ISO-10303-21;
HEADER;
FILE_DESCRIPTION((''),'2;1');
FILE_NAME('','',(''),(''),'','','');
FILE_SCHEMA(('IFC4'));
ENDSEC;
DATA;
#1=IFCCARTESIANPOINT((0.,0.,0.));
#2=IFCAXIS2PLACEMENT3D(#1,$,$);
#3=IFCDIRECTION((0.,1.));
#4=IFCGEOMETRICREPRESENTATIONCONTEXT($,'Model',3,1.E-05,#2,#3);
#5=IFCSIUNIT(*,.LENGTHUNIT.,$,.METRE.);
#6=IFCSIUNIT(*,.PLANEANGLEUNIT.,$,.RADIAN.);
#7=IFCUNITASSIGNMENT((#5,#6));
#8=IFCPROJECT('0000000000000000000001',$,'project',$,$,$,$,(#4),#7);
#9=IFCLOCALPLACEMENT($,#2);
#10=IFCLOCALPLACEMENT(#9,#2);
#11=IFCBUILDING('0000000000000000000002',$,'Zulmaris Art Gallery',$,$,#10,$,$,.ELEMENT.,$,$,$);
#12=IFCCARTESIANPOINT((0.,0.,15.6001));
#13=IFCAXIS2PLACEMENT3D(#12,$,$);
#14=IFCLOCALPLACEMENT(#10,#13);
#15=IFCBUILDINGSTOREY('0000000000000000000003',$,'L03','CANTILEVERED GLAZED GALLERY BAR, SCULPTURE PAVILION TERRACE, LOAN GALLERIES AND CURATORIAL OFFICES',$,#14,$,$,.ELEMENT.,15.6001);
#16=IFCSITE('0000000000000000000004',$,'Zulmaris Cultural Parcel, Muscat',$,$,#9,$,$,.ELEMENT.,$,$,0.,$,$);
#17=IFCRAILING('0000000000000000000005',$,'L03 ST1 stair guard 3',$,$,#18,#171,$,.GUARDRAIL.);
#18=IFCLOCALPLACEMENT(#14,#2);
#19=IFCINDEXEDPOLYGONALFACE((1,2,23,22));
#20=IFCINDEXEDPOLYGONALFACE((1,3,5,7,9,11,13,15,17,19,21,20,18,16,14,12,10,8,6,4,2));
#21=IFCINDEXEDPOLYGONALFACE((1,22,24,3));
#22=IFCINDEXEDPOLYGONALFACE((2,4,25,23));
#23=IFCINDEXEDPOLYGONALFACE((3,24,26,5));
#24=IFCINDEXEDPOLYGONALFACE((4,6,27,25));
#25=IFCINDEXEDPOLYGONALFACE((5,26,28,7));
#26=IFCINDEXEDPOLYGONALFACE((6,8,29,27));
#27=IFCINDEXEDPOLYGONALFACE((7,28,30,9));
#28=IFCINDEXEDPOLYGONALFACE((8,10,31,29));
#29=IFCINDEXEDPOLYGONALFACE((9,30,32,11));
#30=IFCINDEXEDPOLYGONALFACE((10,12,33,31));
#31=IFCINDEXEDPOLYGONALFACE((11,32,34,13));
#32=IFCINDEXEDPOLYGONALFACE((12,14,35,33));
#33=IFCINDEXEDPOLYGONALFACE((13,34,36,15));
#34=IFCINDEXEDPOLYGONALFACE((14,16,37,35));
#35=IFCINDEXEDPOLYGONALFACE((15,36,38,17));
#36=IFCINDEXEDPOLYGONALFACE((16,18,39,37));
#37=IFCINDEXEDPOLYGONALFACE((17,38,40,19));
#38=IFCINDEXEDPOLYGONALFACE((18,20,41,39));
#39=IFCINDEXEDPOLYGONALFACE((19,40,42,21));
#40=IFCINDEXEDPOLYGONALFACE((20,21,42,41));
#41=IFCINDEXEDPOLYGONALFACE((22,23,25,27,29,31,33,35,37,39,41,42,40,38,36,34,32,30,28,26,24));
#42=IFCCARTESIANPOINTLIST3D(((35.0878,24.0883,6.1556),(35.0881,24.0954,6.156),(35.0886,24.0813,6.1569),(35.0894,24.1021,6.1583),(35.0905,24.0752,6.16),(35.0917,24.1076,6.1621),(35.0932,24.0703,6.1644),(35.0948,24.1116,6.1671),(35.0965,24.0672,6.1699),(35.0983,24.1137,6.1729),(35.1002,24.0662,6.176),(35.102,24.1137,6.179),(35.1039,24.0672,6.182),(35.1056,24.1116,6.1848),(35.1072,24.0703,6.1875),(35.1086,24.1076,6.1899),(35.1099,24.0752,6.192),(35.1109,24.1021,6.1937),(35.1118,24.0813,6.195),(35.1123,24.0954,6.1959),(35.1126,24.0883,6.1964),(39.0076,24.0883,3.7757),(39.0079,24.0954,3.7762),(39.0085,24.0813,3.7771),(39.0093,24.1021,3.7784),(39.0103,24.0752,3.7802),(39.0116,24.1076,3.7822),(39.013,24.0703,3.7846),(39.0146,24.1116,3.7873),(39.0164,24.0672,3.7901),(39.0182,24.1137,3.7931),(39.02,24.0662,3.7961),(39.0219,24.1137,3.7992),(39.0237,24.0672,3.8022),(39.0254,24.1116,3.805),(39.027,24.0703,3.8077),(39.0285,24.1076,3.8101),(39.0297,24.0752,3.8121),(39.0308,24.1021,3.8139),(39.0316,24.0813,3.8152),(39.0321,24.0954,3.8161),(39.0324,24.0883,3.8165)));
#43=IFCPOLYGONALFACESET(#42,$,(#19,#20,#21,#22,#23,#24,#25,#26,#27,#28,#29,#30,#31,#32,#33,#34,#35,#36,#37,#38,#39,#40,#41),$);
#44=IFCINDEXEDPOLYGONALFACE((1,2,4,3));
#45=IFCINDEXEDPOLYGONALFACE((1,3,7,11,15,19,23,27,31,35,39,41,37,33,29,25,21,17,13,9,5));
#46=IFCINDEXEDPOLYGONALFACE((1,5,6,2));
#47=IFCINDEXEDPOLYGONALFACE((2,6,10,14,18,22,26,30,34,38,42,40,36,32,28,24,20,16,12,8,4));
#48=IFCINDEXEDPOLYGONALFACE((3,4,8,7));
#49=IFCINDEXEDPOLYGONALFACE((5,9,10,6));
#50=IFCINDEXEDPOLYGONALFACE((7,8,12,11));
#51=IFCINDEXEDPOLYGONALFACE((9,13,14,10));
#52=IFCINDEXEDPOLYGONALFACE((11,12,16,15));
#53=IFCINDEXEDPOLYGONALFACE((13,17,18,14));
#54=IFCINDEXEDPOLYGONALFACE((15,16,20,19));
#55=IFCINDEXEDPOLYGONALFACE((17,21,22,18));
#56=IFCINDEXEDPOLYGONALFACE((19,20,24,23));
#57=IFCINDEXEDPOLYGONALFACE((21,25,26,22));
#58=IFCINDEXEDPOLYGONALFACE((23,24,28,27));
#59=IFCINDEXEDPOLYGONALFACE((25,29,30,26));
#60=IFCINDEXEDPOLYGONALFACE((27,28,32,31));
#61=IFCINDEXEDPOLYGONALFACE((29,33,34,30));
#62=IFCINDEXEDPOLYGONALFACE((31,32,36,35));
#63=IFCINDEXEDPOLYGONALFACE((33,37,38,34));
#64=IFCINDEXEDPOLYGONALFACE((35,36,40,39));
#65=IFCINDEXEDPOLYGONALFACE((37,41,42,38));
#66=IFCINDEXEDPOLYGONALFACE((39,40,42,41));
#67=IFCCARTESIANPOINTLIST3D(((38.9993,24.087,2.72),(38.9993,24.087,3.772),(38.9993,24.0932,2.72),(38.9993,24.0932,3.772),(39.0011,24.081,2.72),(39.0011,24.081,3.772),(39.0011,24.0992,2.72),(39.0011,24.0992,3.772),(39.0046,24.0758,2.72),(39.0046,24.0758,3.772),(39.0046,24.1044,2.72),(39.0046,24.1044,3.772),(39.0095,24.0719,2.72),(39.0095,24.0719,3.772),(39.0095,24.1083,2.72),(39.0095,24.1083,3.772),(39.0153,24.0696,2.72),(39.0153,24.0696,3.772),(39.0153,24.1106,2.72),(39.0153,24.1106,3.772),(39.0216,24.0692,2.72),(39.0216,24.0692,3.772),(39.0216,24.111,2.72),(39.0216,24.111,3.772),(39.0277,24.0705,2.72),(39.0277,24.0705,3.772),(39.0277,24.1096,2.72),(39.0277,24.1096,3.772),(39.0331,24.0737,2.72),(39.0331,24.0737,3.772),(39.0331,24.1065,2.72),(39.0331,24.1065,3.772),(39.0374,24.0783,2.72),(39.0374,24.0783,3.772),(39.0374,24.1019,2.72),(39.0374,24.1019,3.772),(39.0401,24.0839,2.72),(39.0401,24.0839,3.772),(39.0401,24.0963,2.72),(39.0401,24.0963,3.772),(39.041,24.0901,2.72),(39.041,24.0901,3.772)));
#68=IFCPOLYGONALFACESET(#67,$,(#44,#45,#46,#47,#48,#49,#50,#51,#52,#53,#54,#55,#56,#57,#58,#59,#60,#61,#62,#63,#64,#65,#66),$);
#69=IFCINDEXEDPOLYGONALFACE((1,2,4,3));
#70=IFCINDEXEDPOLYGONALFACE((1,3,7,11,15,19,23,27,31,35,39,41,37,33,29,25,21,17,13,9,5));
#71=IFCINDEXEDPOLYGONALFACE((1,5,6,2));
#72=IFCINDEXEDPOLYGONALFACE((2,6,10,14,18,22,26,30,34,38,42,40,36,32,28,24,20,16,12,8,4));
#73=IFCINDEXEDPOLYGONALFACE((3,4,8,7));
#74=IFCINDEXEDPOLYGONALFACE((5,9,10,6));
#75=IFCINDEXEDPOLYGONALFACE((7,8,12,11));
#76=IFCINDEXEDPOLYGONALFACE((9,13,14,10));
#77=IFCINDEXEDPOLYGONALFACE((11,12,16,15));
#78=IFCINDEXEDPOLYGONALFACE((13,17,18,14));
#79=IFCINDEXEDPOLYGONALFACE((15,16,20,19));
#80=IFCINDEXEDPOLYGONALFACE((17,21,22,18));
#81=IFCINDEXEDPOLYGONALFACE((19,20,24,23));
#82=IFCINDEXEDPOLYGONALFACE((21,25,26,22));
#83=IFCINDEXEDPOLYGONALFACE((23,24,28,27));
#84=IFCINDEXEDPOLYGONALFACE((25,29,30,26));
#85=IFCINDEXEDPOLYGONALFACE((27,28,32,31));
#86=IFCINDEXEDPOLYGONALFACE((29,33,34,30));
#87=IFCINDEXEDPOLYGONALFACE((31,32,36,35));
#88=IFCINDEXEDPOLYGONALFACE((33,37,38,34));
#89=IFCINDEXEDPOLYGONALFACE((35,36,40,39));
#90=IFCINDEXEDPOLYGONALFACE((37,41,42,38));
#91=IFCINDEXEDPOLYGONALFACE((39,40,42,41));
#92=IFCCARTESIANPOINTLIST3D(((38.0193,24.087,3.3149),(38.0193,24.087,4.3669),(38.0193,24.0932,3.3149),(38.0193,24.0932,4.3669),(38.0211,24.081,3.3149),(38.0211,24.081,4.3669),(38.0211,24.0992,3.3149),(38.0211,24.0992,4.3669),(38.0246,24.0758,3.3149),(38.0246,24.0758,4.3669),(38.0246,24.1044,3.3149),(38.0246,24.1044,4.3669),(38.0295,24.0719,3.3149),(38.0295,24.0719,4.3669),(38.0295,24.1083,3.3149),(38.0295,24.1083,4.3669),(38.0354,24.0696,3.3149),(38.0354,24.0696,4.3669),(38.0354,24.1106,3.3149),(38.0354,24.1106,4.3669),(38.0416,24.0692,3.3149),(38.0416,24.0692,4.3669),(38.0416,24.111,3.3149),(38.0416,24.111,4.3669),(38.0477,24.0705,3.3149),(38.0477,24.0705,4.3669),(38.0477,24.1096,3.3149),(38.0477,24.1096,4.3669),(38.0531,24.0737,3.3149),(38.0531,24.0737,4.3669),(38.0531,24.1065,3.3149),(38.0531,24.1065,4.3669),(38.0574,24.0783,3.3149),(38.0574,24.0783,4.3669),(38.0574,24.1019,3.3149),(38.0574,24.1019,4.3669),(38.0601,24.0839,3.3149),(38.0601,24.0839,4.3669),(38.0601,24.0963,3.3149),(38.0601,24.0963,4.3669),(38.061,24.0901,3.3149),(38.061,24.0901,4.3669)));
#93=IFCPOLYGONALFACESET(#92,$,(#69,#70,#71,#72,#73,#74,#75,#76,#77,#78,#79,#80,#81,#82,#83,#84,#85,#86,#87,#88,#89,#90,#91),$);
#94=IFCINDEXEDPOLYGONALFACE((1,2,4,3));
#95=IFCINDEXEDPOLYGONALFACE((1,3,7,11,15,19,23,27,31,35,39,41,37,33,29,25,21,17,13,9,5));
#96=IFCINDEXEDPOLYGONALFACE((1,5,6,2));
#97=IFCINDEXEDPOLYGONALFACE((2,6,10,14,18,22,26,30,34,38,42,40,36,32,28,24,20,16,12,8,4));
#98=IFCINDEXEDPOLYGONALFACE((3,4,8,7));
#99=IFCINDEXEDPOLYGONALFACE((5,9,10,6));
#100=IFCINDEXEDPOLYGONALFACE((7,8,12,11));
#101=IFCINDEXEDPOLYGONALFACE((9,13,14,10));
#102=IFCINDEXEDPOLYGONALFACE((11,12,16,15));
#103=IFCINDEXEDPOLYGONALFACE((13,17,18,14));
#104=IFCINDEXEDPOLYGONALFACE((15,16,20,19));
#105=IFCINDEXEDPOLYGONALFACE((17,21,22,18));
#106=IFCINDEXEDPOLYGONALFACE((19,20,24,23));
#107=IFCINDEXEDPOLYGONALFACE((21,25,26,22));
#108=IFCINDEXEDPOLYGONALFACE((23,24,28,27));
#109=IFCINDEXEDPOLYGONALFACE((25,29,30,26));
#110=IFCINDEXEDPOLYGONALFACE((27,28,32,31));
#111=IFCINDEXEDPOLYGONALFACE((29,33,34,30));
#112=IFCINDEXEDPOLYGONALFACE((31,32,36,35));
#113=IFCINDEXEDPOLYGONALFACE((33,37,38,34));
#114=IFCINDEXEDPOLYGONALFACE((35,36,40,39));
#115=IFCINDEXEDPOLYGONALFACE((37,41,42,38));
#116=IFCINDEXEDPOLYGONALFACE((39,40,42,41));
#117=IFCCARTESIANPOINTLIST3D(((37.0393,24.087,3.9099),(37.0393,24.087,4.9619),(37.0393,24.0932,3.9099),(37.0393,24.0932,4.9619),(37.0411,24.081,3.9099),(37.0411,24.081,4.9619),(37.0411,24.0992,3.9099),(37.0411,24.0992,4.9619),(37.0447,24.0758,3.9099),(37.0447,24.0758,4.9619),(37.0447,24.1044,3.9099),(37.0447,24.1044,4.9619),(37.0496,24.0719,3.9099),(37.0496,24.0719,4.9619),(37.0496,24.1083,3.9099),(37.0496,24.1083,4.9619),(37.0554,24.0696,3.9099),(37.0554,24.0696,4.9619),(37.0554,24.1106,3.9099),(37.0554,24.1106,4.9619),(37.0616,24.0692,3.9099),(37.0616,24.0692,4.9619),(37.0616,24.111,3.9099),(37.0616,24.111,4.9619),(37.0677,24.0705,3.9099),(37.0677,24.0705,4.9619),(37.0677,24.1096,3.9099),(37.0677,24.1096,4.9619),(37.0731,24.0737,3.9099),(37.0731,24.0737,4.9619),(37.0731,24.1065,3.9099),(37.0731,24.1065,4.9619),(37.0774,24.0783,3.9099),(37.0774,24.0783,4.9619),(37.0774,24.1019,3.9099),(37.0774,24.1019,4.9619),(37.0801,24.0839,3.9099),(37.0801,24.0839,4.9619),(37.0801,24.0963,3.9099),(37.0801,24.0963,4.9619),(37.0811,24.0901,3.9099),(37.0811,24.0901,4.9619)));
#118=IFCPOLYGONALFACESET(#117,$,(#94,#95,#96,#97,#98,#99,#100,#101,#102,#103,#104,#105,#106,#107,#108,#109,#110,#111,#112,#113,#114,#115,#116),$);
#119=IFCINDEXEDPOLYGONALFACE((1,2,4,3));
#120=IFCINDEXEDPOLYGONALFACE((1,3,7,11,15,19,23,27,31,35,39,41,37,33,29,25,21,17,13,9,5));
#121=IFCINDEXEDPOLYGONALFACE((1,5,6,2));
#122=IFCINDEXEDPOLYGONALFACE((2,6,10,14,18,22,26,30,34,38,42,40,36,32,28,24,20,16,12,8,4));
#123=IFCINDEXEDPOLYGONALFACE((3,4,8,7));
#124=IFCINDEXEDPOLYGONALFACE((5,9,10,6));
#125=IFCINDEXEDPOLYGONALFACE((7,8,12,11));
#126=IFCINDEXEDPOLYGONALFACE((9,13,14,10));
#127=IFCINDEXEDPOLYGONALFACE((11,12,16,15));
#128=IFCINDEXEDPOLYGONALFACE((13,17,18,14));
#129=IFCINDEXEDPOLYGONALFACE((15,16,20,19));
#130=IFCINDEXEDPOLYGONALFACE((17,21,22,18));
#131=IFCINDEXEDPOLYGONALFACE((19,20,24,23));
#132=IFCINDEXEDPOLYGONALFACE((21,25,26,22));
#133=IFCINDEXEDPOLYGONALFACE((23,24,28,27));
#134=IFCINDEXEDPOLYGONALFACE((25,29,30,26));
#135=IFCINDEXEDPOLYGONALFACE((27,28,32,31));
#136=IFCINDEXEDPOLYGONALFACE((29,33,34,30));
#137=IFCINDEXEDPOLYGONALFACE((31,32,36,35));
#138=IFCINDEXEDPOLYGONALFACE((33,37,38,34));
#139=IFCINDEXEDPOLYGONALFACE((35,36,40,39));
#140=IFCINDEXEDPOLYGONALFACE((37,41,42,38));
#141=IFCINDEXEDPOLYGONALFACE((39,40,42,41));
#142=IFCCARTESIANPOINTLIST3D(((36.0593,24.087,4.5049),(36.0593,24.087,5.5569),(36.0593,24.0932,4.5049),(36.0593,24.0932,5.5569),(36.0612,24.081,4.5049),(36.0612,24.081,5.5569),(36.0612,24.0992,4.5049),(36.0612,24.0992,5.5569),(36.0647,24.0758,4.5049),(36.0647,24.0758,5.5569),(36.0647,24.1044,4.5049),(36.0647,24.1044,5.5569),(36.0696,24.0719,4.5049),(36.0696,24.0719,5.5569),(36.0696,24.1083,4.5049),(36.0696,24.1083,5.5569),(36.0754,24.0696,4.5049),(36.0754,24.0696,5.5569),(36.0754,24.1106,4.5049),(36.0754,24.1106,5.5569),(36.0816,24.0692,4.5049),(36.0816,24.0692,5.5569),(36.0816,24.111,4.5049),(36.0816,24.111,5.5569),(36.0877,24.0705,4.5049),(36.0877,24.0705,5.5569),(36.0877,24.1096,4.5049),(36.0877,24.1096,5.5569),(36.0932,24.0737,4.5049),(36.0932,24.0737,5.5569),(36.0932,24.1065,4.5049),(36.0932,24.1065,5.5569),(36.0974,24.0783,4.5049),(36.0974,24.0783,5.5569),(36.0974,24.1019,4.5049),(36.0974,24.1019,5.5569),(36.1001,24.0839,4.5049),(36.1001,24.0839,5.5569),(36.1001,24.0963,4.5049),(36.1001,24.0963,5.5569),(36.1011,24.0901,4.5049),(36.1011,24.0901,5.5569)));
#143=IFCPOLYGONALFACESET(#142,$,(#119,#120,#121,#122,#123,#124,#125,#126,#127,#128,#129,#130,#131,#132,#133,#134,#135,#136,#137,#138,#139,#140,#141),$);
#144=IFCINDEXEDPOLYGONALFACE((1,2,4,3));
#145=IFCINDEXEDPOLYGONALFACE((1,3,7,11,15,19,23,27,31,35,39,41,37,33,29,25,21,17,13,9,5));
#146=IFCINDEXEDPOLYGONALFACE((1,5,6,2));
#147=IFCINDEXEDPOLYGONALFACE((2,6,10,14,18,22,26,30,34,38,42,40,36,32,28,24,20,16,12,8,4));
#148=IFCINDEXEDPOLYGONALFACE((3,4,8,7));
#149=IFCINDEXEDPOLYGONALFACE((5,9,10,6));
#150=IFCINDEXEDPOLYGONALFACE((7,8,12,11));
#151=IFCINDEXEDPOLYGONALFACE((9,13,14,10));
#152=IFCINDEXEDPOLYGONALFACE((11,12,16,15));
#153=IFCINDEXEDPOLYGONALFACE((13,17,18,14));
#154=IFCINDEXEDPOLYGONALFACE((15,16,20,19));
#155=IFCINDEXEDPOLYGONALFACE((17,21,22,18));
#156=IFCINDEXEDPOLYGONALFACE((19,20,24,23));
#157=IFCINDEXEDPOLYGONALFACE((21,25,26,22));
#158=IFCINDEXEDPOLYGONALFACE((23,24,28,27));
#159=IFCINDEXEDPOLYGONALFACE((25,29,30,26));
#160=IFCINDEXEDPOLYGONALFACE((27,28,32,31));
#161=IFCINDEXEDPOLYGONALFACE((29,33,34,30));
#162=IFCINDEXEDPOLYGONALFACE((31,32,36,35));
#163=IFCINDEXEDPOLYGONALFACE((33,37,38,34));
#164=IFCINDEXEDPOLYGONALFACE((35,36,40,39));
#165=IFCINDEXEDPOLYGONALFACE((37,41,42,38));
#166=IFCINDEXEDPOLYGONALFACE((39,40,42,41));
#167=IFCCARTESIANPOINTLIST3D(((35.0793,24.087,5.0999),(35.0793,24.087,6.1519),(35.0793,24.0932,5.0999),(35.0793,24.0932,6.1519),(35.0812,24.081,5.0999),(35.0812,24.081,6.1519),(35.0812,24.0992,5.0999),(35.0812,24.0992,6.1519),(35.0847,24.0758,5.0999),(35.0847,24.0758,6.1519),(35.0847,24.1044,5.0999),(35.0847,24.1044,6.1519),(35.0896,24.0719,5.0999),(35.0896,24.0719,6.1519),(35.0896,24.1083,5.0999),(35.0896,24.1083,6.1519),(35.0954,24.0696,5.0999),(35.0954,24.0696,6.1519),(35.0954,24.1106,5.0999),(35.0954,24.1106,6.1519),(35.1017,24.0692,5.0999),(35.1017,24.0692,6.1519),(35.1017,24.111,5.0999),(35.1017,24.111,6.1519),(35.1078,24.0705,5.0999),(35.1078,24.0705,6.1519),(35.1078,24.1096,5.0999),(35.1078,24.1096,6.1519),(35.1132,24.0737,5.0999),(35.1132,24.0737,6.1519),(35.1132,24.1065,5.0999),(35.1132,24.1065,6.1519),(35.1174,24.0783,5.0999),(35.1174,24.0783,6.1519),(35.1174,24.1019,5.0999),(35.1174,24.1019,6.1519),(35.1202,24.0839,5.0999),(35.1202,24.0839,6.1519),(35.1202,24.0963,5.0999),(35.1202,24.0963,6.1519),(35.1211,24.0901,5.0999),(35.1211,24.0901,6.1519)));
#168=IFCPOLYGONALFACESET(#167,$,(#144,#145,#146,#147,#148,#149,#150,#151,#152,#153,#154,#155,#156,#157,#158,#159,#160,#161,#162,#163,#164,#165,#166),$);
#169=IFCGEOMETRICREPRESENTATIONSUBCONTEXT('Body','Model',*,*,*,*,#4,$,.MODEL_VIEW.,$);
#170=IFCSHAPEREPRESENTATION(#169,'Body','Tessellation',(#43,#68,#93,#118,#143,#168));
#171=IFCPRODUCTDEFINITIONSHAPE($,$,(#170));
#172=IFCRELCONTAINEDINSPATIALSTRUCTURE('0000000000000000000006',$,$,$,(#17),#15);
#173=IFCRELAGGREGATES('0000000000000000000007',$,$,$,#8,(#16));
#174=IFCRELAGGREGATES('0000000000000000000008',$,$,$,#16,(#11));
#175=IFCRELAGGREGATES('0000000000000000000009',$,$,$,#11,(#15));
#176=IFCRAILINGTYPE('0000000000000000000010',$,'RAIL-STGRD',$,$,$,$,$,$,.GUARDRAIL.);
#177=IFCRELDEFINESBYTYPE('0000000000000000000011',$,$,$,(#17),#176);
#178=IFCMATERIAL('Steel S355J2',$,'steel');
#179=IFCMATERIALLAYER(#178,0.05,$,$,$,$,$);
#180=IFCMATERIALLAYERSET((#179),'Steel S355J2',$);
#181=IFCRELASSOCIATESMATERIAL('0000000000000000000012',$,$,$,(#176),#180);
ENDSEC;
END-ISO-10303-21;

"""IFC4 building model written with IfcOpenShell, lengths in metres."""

from ifc_helpers import new_model, si_unit, direction, frame, origin, origin_2d, place, context, subcontext, project, spatial, circle, extrude, material, layer, layer_set, type_object, element, save


model = new_model("IFC4")

# Units and contexts
model_context = context("Model", 3, precision=1e-05, world=origin(), true_north=direction((0.0, 1.0)))
body_context = subcontext(model_context, "Body", "Model", "MODEL_VIEW")
ifc_project = project(units=[si_unit("LENGTHUNIT", "METRE"), si_unit("PLANEANGLEUNIT", "RADIAN")], contexts=[model_context])

# Site, building, storey
site_placement = place(None, origin())
site = spatial("IfcSite", under=ifc_project, at=site_placement, Name="Zulmaris Cultural Parcel, Muscat", CompositionType="ELEMENT", RefElevation=0.0)
building_placement = place(site_placement, origin())
building = spatial("IfcBuilding", under=site, at=building_placement, Name="Zulmaris Art Gallery", CompositionType="ELEMENT")
storey_placement = place(building_placement, frame((0.0, 0.0, 15.6001)))
storey = spatial("IfcBuildingStorey", under=building, at=storey_placement, Name="L03", Description="CANTILEVERED GLAZED GALLERY BAR, SCULPTURE PAVILION TERRACE, LOAN GALLERIES AND CURATORIAL OFFICES", CompositionType="ELEMENT", Elevation=15.6001)

# Shared definitions
ifc_material_1 = material(Name="Steel S355J2", Category="steel")

# Railing
ifc_layer_1 = layer(ifc_material_1, 0.05)
ifc_layer_set_1 = layer_set([ifc_layer_1], Name="Steel S355J2")
railing_type_1 = type_object("IfcRailingType", Name="RAIL-STGRD", PredefinedType="GUARDRAIL", material=ifc_layer_set_1)
railing_1_placement = place(storey_placement, frame((39.02, 24.0901, 2.72)))
element("IfcRailing", 1, at=railing_1_placement, inside=storey, type_object=railing_type_1, Name="L03 ST1 stair guard 3", PredefinedType="GUARDRAIL", context=body_context, shape_type="SweptSolid", body=[
    extrude(circle(Radius=0.0239, at=origin_2d()), frame((0.0, 0.0, 1.0762), z_axis=(-0.854794, 0.0, 0.518967), x_axis=(0.0, -1.0, 0.0)), (0.0, 0.0, 1.0), 4.5857),
    extrude(circle(Radius=0.021, at=origin_2d()), origin(), (0.0, 0.0, 1.0), 1.052),
    extrude(circle(Radius=0.021, at=origin_2d()), frame((-0.98, 0.0, 0.595)), (0.0, 0.0, 1.0), 1.052),
    extrude(circle(Radius=0.021, at=origin_2d()), frame((-1.96, 0.0, 1.1899)), (0.0, 0.0, 1.0), 1.052),
    extrude(circle(Radius=0.021, at=origin_2d()), frame((-2.9399, 0.0, 1.7849)), (0.0, 0.0, 1.0), 1.052),
    extrude(circle(Radius=0.021, at=origin_2d()), frame((-3.9199, 0.0, 2.3799)), (0.0, 0.0, 1.0), 1.052),
])

save(model, "model.ifc")
